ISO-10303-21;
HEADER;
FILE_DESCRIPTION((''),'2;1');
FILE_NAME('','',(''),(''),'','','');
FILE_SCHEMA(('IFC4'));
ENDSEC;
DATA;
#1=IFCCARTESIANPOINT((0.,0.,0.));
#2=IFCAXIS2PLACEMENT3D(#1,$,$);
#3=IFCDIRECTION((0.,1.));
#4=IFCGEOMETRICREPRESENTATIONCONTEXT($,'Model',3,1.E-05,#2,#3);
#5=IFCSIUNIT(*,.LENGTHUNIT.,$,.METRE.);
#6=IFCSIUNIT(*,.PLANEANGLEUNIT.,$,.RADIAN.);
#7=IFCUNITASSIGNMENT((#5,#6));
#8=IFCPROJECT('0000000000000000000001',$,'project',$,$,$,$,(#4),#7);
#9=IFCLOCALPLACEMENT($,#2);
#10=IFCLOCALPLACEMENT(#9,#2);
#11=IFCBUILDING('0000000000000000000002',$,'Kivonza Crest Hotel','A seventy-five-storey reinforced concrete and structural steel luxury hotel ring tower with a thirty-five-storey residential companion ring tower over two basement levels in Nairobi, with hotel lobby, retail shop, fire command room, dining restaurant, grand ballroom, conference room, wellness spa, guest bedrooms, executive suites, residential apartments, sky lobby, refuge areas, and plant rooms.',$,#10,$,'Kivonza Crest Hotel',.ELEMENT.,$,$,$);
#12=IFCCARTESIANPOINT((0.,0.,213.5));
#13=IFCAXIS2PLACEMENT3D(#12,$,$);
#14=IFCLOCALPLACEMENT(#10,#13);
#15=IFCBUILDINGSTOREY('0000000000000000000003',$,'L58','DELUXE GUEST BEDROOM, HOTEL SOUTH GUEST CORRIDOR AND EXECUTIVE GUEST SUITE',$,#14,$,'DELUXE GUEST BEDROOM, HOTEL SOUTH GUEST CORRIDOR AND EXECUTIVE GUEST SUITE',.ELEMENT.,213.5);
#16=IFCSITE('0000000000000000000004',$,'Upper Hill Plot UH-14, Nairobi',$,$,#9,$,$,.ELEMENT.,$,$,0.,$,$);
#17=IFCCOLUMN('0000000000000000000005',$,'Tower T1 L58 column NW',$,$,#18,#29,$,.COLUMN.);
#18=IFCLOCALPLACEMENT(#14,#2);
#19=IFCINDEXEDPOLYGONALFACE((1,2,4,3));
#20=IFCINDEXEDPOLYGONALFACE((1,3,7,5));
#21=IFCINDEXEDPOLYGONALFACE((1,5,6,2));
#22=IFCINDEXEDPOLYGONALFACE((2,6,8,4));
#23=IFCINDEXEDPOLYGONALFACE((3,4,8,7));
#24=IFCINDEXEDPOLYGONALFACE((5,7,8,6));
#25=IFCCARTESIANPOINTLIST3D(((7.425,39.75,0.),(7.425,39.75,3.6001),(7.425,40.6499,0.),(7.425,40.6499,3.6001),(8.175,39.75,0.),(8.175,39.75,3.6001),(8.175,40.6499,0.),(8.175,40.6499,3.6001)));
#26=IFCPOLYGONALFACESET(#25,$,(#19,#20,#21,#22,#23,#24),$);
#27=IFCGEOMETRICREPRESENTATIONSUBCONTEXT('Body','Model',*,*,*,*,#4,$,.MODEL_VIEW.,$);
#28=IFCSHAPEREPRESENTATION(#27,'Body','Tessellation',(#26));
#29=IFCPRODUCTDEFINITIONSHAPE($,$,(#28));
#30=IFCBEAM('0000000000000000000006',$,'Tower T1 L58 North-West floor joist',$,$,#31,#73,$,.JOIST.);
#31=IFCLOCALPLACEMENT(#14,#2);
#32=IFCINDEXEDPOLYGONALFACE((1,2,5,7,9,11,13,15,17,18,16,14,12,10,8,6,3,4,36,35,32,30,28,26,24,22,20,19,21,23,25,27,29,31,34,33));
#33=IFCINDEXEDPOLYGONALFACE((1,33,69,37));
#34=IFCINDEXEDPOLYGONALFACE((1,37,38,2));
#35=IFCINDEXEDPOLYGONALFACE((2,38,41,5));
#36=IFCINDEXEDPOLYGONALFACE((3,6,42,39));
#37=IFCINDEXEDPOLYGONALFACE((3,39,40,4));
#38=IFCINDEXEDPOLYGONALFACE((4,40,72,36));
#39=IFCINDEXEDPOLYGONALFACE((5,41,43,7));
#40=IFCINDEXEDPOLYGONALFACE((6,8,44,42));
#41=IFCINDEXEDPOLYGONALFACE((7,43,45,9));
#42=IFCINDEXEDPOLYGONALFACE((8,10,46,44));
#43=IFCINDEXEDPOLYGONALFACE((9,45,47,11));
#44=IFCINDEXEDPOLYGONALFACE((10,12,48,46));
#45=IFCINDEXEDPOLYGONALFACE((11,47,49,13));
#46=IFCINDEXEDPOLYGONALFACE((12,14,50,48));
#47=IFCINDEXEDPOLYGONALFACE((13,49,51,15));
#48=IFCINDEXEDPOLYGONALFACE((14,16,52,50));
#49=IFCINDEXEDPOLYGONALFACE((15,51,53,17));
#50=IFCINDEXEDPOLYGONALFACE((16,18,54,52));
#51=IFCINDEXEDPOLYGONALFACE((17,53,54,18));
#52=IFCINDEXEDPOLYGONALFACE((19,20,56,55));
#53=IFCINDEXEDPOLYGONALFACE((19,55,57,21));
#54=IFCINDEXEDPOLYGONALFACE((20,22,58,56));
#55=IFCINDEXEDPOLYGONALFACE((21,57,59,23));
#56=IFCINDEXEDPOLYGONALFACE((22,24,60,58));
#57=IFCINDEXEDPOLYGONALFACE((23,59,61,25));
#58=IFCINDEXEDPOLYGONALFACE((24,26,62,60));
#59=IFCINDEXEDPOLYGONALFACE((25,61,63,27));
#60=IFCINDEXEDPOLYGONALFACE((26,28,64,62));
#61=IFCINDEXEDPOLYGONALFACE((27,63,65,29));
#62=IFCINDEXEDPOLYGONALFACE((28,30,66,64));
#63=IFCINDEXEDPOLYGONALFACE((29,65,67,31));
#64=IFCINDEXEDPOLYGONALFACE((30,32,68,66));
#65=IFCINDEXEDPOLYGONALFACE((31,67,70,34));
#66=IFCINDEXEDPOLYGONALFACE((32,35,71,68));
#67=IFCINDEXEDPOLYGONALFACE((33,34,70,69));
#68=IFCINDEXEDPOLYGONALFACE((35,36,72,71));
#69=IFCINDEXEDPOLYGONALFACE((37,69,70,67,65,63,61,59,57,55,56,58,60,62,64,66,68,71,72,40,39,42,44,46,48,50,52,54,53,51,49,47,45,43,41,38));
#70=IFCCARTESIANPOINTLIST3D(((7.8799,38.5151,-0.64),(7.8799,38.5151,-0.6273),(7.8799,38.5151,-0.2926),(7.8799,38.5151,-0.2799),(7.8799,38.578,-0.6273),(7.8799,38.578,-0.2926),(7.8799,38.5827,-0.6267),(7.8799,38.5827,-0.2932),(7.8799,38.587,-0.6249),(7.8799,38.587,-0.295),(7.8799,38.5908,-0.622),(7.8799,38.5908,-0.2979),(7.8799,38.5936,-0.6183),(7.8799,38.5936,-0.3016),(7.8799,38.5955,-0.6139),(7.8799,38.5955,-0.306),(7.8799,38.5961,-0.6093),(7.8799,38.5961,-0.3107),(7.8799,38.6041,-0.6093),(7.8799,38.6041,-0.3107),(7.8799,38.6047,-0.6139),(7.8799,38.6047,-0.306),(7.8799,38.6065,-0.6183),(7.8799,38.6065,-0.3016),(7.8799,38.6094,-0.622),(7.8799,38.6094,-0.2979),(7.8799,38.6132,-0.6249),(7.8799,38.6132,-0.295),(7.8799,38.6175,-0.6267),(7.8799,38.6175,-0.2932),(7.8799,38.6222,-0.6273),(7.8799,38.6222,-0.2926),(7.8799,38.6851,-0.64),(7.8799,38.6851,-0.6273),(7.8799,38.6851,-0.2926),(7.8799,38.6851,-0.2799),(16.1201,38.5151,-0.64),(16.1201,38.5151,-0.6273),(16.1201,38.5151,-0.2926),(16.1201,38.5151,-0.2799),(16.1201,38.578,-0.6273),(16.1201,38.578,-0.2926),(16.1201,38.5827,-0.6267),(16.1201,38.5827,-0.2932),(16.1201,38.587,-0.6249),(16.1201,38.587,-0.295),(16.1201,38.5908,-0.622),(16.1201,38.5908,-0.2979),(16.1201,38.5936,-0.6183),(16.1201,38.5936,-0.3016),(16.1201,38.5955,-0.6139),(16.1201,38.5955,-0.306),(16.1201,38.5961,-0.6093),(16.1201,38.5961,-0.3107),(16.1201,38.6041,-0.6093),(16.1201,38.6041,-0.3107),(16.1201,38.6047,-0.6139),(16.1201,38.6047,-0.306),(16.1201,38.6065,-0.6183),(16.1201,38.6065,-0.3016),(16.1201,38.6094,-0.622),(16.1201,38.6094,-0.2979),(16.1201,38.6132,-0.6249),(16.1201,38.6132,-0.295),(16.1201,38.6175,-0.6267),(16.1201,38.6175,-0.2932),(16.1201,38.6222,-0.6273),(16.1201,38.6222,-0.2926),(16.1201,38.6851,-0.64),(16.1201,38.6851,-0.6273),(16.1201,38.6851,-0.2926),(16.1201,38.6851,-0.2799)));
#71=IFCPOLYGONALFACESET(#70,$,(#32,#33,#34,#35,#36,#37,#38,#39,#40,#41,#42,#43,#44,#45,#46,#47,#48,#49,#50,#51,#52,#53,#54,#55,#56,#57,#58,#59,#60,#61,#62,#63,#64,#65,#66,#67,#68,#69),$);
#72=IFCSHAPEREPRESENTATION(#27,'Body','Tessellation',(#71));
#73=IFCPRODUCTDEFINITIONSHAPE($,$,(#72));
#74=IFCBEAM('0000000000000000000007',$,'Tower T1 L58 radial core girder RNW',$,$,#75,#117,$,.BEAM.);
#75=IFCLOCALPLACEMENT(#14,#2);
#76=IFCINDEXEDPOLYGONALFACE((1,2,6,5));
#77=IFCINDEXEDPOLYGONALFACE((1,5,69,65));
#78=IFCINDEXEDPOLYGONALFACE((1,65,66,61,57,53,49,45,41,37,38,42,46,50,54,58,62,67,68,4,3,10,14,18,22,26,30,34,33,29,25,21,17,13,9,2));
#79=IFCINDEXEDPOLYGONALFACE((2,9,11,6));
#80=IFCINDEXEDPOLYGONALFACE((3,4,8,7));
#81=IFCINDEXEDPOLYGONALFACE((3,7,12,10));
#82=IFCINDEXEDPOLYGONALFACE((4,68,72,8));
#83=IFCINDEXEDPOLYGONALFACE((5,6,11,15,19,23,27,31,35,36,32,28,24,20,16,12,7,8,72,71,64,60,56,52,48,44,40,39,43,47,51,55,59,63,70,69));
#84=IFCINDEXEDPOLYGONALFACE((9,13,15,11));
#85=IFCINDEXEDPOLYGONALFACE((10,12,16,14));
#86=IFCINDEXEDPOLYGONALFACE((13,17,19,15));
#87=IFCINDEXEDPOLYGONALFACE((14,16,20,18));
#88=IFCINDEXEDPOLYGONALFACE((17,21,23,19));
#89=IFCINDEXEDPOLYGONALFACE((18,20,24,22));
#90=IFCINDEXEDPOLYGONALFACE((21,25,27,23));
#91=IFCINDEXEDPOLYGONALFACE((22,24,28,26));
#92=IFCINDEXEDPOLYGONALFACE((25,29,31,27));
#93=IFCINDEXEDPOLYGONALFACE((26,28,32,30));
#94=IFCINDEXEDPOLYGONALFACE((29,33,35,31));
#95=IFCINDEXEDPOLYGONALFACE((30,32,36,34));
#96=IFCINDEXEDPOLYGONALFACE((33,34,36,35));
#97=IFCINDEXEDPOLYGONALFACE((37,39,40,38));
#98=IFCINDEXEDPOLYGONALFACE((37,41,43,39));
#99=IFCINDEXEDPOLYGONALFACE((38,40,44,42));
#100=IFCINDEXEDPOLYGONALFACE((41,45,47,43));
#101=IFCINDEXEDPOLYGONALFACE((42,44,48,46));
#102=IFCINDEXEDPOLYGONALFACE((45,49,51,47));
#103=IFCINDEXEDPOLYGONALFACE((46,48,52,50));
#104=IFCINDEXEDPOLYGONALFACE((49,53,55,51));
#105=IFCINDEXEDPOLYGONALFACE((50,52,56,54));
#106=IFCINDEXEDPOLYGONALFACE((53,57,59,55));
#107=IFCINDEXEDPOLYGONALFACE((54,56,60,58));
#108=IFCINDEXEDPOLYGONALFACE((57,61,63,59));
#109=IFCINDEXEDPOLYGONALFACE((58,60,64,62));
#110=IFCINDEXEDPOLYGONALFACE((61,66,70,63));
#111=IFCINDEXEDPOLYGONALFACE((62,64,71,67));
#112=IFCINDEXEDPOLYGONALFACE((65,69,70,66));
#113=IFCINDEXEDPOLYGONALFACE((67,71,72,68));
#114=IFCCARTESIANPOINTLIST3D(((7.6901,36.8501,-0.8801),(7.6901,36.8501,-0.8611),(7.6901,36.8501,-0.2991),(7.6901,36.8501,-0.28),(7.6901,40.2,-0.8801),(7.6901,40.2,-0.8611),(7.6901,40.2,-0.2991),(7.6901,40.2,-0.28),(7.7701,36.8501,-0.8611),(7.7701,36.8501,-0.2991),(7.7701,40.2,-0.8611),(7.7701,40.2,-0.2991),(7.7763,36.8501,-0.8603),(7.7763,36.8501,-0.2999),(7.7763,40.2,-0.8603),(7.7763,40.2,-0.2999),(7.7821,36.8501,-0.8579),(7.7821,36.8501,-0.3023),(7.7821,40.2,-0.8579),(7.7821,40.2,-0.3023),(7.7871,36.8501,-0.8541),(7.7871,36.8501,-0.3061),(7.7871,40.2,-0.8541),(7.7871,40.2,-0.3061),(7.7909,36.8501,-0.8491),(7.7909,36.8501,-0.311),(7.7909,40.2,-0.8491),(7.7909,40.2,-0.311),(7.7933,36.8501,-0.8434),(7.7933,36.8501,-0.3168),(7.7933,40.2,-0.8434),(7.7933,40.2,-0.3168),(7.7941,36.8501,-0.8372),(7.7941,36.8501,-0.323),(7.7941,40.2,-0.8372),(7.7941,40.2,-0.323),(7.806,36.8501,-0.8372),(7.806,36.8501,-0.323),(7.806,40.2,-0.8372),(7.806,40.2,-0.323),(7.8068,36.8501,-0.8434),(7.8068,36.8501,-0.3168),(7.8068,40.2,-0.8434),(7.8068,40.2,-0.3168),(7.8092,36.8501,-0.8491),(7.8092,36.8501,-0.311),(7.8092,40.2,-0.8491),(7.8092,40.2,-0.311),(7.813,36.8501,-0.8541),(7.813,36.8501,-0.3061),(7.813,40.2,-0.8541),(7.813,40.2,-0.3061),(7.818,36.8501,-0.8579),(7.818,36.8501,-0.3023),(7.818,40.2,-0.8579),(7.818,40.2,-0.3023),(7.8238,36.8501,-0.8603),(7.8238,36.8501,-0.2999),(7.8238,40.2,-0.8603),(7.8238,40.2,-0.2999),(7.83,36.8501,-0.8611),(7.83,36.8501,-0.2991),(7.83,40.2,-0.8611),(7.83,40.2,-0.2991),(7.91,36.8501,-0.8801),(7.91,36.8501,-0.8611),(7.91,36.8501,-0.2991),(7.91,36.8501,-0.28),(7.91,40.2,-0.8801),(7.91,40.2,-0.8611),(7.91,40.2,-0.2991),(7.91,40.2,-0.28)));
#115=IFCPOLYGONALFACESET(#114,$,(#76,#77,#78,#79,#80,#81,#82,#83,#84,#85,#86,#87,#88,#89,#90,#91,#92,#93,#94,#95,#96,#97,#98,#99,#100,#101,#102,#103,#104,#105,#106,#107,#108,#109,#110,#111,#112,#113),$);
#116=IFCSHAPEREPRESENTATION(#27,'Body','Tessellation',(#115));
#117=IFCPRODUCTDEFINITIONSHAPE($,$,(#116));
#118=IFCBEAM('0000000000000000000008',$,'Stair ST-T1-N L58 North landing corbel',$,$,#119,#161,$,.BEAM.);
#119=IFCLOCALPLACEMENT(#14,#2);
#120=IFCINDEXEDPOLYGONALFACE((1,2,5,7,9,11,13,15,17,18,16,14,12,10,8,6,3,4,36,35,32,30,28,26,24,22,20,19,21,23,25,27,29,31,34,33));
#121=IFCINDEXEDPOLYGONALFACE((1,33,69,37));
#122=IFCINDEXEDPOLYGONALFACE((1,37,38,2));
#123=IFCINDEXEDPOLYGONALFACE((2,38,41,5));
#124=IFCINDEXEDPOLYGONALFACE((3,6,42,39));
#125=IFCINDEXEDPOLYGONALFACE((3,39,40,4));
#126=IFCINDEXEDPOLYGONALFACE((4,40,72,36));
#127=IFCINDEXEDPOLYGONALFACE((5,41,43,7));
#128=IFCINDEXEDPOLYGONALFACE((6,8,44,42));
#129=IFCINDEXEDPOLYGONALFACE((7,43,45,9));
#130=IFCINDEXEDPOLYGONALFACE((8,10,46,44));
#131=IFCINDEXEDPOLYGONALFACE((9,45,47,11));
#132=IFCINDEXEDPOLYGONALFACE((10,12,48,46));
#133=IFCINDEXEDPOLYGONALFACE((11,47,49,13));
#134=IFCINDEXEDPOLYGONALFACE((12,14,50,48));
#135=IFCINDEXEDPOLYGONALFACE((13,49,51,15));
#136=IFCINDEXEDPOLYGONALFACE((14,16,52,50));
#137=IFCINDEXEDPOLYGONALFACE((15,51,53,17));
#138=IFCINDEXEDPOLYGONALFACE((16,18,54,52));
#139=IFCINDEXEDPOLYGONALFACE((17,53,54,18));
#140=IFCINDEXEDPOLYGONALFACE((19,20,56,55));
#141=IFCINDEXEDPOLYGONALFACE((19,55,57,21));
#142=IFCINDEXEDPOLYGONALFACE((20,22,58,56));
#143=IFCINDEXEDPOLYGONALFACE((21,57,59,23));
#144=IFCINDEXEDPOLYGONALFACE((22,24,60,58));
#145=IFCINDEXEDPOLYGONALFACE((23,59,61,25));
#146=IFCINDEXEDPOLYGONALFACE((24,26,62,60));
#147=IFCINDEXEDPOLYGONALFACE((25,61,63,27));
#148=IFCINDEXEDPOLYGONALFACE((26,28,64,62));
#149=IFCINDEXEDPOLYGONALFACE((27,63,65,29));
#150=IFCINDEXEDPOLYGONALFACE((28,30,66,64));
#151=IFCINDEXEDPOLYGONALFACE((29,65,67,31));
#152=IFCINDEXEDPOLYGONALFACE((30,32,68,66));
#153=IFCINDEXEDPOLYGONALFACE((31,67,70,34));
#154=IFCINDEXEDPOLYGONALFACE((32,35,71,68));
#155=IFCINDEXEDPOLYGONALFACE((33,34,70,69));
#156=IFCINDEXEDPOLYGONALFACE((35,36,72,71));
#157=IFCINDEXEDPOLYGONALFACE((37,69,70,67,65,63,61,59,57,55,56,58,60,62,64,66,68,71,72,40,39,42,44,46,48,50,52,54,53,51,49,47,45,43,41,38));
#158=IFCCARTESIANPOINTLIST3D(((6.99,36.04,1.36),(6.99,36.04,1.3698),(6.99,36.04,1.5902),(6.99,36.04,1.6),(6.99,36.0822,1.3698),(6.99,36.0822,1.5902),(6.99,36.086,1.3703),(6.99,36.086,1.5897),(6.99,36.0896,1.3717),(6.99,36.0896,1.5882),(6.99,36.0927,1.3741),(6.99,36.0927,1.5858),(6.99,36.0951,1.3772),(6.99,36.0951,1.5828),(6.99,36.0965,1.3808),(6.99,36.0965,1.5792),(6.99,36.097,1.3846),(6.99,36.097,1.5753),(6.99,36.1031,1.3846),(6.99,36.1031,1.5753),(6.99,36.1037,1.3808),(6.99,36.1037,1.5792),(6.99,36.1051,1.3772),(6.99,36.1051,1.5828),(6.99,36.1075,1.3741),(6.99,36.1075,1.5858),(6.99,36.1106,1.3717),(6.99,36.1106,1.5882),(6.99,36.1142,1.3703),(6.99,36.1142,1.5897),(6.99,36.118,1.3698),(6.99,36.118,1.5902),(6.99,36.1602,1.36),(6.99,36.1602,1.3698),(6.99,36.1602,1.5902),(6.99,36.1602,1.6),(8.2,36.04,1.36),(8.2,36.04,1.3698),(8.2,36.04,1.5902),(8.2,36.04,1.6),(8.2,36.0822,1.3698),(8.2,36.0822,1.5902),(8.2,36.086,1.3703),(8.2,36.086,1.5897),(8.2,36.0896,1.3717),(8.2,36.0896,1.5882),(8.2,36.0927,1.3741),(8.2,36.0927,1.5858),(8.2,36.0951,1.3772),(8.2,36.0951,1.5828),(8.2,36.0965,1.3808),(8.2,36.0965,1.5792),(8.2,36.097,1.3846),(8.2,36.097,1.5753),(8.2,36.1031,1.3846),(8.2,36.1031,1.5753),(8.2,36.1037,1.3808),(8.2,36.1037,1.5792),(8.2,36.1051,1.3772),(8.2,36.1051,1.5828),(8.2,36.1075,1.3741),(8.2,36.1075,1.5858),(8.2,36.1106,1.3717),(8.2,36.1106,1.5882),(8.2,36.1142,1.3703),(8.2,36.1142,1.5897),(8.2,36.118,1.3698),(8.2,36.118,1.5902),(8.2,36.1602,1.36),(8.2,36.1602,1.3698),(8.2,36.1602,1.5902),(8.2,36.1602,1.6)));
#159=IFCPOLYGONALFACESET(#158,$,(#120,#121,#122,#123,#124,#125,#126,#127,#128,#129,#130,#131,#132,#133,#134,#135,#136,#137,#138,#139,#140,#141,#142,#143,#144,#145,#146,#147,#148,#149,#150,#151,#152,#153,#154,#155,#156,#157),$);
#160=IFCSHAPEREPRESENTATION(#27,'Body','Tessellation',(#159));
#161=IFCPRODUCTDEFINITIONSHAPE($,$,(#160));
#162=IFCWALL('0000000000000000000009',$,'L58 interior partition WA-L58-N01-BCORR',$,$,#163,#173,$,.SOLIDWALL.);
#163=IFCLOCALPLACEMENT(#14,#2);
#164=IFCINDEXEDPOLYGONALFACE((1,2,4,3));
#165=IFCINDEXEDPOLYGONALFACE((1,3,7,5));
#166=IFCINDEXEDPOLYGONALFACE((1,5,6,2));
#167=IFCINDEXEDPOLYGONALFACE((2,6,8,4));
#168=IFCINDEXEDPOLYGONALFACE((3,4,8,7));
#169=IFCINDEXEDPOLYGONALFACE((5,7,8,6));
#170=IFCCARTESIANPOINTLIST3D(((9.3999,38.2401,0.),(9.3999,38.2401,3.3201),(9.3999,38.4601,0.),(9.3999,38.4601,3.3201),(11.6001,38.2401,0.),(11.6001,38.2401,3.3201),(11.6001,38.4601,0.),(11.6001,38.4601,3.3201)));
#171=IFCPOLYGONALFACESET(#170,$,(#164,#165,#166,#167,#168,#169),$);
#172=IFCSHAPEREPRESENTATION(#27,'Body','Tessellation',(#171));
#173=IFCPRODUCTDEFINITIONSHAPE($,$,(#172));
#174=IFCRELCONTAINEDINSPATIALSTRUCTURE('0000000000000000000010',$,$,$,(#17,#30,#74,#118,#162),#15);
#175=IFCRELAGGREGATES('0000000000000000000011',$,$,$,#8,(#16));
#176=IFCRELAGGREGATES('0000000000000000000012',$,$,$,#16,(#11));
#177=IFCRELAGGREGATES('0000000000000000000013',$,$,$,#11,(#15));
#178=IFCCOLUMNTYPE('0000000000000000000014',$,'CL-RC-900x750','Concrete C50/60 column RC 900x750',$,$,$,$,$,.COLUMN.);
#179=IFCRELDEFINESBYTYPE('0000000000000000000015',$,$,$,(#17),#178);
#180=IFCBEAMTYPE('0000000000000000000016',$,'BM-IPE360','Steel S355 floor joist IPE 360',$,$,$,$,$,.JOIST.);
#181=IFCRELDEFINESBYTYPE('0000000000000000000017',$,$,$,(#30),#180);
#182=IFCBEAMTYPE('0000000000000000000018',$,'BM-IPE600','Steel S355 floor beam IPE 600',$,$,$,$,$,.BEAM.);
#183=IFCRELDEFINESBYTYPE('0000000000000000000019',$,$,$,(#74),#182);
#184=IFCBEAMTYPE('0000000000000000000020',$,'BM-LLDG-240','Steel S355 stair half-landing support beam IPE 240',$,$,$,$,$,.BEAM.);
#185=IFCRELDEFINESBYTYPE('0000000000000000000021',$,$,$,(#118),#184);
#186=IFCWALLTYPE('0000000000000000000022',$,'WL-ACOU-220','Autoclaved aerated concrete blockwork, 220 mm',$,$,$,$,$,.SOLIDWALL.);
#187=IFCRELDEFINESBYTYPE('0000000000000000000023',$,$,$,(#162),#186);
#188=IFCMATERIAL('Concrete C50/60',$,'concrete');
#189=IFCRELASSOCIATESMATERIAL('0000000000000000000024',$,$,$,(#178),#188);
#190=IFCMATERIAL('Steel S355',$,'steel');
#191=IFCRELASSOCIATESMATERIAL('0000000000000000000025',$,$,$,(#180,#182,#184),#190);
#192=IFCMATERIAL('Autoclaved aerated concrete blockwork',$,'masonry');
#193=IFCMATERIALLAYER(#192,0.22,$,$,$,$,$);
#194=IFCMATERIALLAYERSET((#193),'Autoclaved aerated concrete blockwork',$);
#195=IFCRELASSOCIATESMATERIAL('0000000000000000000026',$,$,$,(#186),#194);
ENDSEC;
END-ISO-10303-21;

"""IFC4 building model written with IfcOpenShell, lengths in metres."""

from ifc_helpers import new_model, si_unit, direction, frame, frame_2d, origin, origin_2d, place, context, subcontext, project, spatial, rectangle, i_section, extrude, material, layer, layer_set, material_profile, profile_set, type_object, element, save


model = new_model("IFC4")

# Units and contexts
model_context = context("Model", 3, precision=1e-05, world=origin(), true_north=direction((0.0, 1.0)))
body_context = subcontext(model_context, "Body", "Model", "MODEL_VIEW")
ifc_project = project(units=[si_unit("LENGTHUNIT", "METRE"), si_unit("PLANEANGLEUNIT", "RADIAN")], contexts=[model_context])

# Site, building, storey
site_placement = place(None, origin())
site = spatial("IfcSite", under=ifc_project, at=site_placement, Name="Upper Hill Plot UH-14, Nairobi", CompositionType="ELEMENT", RefElevation=0.0)
building_placement = place(site_placement, origin())
building = spatial("IfcBuilding", under=site, at=building_placement, Name="Kivonza Crest Hotel", Description="A seventy-five-storey reinforced concrete and structural steel luxury hotel ring tower with a thirty-five-storey residential companion ring tower over two basement levels in Nairobi, with hotel lobby, retail shop, fire command room, dining restaurant, grand ballroom, conference room, wellness spa, guest bedrooms, executive suites, residential apartments, sky lobby, refuge areas, and plant rooms.", LongName="Kivonza Crest Hotel", CompositionType="ELEMENT")
storey_placement = place(building_placement, frame((0.0, 0.0, 213.5)))
storey = spatial("IfcBuildingStorey", under=building, at=storey_placement, Name="L58", Description="DELUXE GUEST BEDROOM, HOTEL SOUTH GUEST CORRIDOR AND EXECUTIVE GUEST SUITE", LongName="DELUXE GUEST BEDROOM, HOTEL SOUTH GUEST CORRIDOR AND EXECUTIVE GUEST SUITE", CompositionType="ELEMENT", Elevation=213.5)

# Column
ifc_material_1 = material(Name="Concrete C50/60", Category="concrete")
ifc_material_profile_1 = material_profile(ifc_material_1, rectangle(XDim=0.75, YDim=0.8999, at=origin_2d()), Name="RC 900x750")
ifc_profile_set_1 = profile_set([ifc_material_profile_1], Name="Concrete C50/60")
column_type = type_object("IfcColumnType", Name="CL-RC-900x750", Description="Concrete C50/60 column RC 900x750", PredefinedType="COLUMN", material=ifc_profile_set_1)
column_placement = place(storey_placement, frame((7.8, 40.2, 0.0), z_axis=(0.0, 0.0, 1.0), x_axis=(1.0, 0.0, 0.0)))
element("IfcColumn", 1, at=column_placement, inside=storey, type_object=column_type, Name="Tower T1 L58 column NW", PredefinedType="COLUMN", context=body_context, shape_type="SweptSolid", body=[
    extrude(rectangle(XDim=0.75, YDim=0.8999, at=origin_2d()), origin(), (0.0, 0.0, 1.0), 3.6001),
])

# Beams
ifc_material_2 = material(Name="Steel S355", Category="steel")
ifc_material_profile_2 = material_profile(ifc_material_2, i_section(OverallWidth=0.1699, OverallDepth=0.3601, WebThickness=0.0081, FlangeThickness=0.0127, FilletRadius=0.0181, at=origin_2d()), Name="IPE 360")
ifc_profile_set_2 = profile_set([ifc_material_profile_2], Name="Steel S355")
beam_type_1 = type_object("IfcBeamType", Name="BM-IPE360", Description="Steel S355 floor joist IPE 360", PredefinedType="JOIST", material=ifc_profile_set_2)
beam_1_placement = place(storey_placement, frame((7.8799, 38.6001, -0.46), z_axis=(1.0, 0.0, 0.0), x_axis=(0.0, 1.0, 0.0)))
element("IfcBeam", 2, at=beam_1_placement, inside=storey, type_object=beam_type_1, Name="Tower T1 L58 North-West floor joist", PredefinedType="JOIST", context=body_context, shape_type="SweptSolid", body=[
    extrude(i_section(OverallWidth=0.1699, OverallDepth=0.3601, WebThickness=0.0081, FlangeThickness=0.0127, FilletRadius=0.0181, at=origin_2d()), origin(), (0.0, 0.0, 1.0), 8.2402),
])
ifc_material_profile_3 = material_profile(ifc_material_2, i_section(OverallWidth=0.22, OverallDepth=0.6001, WebThickness=0.012, FlangeThickness=0.019, FilletRadius=0.0239, at=origin_2d()), Name="IPE 600")
ifc_profile_set_3 = profile_set([ifc_material_profile_3], Name="Steel S355")
beam_type_2 = type_object("IfcBeamType", Name="BM-IPE600", Description="Steel S355 floor beam IPE 600", PredefinedType="BEAM", material=ifc_profile_set_3)
beam_2_placement = place(storey_placement, frame((7.8, 40.2, -0.5801), z_axis=(0.0, -1.0, 0.0), x_axis=(1.0, 0.0, 0.0)))
element("IfcBeam", 3, at=beam_2_placement, inside=storey, type_object=beam_type_2, Name="Tower T1 L58 radial core girder RNW", PredefinedType="BEAM", context=body_context, shape_type="SweptSolid", body=[
    extrude(i_section(OverallWidth=0.22, OverallDepth=0.6001, WebThickness=0.012, FlangeThickness=0.019, FilletRadius=0.0239, at=origin_2d()), origin(), (0.0, 0.0, 1.0), 3.3499),
])
ifc_material_profile_4 = material_profile(ifc_material_2, i_section(OverallWidth=0.1201, OverallDepth=0.24, WebThickness=0.0061, FlangeThickness=0.0098, FilletRadius=0.0149, at=origin_2d()), Name="IPE 240")
ifc_profile_set_4 = profile_set([ifc_material_profile_4], Name="Steel S355")
beam_type_3 = type_object("IfcBeamType", Name="BM-LLDG-240", Description="Steel S355 stair half-landing support beam IPE 240", PredefinedType="BEAM", material=ifc_profile_set_4)
beam_3_placement = place(storey_placement, frame((6.99, 36.1001, 1.48), z_axis=(1.0, 0.0, 0.0), x_axis=(0.0, 1.0, 0.0)))
element("IfcBeam", 4, at=beam_3_placement, inside=storey, type_object=beam_type_3, Name="Stair ST-T1-N L58 North landing corbel", PredefinedType="BEAM", context=body_context, shape_type="SweptSolid", body=[
    extrude(i_section(OverallWidth=0.1201, OverallDepth=0.24, WebThickness=0.0061, FlangeThickness=0.0098, FilletRadius=0.0149, at=origin_2d()), origin(), (0.0, 0.0, 1.0), 1.21),
])

# Wall
ifc_material_3 = material(Name="Autoclaved aerated concrete blockwork", Category="masonry")
ifc_layer_1 = layer(ifc_material_3, 0.22)
ifc_layer_set_1 = layer_set([ifc_layer_1], Name="Autoclaved aerated concrete blockwork")
wall_type_1 = type_object("IfcWallType", Name="WL-ACOU-220", Description="Autoclaved aerated concrete blockwork, 220 mm", PredefinedType="SOLIDWALL", material=ifc_layer_set_1)
wall_1_placement = place(storey_placement, frame((9.3999, 38.3501, 0.0), z_axis=(0.0, 0.0, 1.0), x_axis=(1.0, 0.0, 0.0)))
element("IfcWall", 5, at=wall_1_placement, inside=storey, type_object=wall_type_1, Name="L58 interior partition WA-L58-N01-BCORR", PredefinedType="SOLIDWALL", context=body_context, shape_type="SweptSolid", body=[
    extrude(rectangle(XDim=2.2002, YDim=0.22, at=frame_2d((1.1001, 0.0))), origin(), (0.0, 0.0, 1.0), 3.3201),
])

save(model, "model.ifc")
